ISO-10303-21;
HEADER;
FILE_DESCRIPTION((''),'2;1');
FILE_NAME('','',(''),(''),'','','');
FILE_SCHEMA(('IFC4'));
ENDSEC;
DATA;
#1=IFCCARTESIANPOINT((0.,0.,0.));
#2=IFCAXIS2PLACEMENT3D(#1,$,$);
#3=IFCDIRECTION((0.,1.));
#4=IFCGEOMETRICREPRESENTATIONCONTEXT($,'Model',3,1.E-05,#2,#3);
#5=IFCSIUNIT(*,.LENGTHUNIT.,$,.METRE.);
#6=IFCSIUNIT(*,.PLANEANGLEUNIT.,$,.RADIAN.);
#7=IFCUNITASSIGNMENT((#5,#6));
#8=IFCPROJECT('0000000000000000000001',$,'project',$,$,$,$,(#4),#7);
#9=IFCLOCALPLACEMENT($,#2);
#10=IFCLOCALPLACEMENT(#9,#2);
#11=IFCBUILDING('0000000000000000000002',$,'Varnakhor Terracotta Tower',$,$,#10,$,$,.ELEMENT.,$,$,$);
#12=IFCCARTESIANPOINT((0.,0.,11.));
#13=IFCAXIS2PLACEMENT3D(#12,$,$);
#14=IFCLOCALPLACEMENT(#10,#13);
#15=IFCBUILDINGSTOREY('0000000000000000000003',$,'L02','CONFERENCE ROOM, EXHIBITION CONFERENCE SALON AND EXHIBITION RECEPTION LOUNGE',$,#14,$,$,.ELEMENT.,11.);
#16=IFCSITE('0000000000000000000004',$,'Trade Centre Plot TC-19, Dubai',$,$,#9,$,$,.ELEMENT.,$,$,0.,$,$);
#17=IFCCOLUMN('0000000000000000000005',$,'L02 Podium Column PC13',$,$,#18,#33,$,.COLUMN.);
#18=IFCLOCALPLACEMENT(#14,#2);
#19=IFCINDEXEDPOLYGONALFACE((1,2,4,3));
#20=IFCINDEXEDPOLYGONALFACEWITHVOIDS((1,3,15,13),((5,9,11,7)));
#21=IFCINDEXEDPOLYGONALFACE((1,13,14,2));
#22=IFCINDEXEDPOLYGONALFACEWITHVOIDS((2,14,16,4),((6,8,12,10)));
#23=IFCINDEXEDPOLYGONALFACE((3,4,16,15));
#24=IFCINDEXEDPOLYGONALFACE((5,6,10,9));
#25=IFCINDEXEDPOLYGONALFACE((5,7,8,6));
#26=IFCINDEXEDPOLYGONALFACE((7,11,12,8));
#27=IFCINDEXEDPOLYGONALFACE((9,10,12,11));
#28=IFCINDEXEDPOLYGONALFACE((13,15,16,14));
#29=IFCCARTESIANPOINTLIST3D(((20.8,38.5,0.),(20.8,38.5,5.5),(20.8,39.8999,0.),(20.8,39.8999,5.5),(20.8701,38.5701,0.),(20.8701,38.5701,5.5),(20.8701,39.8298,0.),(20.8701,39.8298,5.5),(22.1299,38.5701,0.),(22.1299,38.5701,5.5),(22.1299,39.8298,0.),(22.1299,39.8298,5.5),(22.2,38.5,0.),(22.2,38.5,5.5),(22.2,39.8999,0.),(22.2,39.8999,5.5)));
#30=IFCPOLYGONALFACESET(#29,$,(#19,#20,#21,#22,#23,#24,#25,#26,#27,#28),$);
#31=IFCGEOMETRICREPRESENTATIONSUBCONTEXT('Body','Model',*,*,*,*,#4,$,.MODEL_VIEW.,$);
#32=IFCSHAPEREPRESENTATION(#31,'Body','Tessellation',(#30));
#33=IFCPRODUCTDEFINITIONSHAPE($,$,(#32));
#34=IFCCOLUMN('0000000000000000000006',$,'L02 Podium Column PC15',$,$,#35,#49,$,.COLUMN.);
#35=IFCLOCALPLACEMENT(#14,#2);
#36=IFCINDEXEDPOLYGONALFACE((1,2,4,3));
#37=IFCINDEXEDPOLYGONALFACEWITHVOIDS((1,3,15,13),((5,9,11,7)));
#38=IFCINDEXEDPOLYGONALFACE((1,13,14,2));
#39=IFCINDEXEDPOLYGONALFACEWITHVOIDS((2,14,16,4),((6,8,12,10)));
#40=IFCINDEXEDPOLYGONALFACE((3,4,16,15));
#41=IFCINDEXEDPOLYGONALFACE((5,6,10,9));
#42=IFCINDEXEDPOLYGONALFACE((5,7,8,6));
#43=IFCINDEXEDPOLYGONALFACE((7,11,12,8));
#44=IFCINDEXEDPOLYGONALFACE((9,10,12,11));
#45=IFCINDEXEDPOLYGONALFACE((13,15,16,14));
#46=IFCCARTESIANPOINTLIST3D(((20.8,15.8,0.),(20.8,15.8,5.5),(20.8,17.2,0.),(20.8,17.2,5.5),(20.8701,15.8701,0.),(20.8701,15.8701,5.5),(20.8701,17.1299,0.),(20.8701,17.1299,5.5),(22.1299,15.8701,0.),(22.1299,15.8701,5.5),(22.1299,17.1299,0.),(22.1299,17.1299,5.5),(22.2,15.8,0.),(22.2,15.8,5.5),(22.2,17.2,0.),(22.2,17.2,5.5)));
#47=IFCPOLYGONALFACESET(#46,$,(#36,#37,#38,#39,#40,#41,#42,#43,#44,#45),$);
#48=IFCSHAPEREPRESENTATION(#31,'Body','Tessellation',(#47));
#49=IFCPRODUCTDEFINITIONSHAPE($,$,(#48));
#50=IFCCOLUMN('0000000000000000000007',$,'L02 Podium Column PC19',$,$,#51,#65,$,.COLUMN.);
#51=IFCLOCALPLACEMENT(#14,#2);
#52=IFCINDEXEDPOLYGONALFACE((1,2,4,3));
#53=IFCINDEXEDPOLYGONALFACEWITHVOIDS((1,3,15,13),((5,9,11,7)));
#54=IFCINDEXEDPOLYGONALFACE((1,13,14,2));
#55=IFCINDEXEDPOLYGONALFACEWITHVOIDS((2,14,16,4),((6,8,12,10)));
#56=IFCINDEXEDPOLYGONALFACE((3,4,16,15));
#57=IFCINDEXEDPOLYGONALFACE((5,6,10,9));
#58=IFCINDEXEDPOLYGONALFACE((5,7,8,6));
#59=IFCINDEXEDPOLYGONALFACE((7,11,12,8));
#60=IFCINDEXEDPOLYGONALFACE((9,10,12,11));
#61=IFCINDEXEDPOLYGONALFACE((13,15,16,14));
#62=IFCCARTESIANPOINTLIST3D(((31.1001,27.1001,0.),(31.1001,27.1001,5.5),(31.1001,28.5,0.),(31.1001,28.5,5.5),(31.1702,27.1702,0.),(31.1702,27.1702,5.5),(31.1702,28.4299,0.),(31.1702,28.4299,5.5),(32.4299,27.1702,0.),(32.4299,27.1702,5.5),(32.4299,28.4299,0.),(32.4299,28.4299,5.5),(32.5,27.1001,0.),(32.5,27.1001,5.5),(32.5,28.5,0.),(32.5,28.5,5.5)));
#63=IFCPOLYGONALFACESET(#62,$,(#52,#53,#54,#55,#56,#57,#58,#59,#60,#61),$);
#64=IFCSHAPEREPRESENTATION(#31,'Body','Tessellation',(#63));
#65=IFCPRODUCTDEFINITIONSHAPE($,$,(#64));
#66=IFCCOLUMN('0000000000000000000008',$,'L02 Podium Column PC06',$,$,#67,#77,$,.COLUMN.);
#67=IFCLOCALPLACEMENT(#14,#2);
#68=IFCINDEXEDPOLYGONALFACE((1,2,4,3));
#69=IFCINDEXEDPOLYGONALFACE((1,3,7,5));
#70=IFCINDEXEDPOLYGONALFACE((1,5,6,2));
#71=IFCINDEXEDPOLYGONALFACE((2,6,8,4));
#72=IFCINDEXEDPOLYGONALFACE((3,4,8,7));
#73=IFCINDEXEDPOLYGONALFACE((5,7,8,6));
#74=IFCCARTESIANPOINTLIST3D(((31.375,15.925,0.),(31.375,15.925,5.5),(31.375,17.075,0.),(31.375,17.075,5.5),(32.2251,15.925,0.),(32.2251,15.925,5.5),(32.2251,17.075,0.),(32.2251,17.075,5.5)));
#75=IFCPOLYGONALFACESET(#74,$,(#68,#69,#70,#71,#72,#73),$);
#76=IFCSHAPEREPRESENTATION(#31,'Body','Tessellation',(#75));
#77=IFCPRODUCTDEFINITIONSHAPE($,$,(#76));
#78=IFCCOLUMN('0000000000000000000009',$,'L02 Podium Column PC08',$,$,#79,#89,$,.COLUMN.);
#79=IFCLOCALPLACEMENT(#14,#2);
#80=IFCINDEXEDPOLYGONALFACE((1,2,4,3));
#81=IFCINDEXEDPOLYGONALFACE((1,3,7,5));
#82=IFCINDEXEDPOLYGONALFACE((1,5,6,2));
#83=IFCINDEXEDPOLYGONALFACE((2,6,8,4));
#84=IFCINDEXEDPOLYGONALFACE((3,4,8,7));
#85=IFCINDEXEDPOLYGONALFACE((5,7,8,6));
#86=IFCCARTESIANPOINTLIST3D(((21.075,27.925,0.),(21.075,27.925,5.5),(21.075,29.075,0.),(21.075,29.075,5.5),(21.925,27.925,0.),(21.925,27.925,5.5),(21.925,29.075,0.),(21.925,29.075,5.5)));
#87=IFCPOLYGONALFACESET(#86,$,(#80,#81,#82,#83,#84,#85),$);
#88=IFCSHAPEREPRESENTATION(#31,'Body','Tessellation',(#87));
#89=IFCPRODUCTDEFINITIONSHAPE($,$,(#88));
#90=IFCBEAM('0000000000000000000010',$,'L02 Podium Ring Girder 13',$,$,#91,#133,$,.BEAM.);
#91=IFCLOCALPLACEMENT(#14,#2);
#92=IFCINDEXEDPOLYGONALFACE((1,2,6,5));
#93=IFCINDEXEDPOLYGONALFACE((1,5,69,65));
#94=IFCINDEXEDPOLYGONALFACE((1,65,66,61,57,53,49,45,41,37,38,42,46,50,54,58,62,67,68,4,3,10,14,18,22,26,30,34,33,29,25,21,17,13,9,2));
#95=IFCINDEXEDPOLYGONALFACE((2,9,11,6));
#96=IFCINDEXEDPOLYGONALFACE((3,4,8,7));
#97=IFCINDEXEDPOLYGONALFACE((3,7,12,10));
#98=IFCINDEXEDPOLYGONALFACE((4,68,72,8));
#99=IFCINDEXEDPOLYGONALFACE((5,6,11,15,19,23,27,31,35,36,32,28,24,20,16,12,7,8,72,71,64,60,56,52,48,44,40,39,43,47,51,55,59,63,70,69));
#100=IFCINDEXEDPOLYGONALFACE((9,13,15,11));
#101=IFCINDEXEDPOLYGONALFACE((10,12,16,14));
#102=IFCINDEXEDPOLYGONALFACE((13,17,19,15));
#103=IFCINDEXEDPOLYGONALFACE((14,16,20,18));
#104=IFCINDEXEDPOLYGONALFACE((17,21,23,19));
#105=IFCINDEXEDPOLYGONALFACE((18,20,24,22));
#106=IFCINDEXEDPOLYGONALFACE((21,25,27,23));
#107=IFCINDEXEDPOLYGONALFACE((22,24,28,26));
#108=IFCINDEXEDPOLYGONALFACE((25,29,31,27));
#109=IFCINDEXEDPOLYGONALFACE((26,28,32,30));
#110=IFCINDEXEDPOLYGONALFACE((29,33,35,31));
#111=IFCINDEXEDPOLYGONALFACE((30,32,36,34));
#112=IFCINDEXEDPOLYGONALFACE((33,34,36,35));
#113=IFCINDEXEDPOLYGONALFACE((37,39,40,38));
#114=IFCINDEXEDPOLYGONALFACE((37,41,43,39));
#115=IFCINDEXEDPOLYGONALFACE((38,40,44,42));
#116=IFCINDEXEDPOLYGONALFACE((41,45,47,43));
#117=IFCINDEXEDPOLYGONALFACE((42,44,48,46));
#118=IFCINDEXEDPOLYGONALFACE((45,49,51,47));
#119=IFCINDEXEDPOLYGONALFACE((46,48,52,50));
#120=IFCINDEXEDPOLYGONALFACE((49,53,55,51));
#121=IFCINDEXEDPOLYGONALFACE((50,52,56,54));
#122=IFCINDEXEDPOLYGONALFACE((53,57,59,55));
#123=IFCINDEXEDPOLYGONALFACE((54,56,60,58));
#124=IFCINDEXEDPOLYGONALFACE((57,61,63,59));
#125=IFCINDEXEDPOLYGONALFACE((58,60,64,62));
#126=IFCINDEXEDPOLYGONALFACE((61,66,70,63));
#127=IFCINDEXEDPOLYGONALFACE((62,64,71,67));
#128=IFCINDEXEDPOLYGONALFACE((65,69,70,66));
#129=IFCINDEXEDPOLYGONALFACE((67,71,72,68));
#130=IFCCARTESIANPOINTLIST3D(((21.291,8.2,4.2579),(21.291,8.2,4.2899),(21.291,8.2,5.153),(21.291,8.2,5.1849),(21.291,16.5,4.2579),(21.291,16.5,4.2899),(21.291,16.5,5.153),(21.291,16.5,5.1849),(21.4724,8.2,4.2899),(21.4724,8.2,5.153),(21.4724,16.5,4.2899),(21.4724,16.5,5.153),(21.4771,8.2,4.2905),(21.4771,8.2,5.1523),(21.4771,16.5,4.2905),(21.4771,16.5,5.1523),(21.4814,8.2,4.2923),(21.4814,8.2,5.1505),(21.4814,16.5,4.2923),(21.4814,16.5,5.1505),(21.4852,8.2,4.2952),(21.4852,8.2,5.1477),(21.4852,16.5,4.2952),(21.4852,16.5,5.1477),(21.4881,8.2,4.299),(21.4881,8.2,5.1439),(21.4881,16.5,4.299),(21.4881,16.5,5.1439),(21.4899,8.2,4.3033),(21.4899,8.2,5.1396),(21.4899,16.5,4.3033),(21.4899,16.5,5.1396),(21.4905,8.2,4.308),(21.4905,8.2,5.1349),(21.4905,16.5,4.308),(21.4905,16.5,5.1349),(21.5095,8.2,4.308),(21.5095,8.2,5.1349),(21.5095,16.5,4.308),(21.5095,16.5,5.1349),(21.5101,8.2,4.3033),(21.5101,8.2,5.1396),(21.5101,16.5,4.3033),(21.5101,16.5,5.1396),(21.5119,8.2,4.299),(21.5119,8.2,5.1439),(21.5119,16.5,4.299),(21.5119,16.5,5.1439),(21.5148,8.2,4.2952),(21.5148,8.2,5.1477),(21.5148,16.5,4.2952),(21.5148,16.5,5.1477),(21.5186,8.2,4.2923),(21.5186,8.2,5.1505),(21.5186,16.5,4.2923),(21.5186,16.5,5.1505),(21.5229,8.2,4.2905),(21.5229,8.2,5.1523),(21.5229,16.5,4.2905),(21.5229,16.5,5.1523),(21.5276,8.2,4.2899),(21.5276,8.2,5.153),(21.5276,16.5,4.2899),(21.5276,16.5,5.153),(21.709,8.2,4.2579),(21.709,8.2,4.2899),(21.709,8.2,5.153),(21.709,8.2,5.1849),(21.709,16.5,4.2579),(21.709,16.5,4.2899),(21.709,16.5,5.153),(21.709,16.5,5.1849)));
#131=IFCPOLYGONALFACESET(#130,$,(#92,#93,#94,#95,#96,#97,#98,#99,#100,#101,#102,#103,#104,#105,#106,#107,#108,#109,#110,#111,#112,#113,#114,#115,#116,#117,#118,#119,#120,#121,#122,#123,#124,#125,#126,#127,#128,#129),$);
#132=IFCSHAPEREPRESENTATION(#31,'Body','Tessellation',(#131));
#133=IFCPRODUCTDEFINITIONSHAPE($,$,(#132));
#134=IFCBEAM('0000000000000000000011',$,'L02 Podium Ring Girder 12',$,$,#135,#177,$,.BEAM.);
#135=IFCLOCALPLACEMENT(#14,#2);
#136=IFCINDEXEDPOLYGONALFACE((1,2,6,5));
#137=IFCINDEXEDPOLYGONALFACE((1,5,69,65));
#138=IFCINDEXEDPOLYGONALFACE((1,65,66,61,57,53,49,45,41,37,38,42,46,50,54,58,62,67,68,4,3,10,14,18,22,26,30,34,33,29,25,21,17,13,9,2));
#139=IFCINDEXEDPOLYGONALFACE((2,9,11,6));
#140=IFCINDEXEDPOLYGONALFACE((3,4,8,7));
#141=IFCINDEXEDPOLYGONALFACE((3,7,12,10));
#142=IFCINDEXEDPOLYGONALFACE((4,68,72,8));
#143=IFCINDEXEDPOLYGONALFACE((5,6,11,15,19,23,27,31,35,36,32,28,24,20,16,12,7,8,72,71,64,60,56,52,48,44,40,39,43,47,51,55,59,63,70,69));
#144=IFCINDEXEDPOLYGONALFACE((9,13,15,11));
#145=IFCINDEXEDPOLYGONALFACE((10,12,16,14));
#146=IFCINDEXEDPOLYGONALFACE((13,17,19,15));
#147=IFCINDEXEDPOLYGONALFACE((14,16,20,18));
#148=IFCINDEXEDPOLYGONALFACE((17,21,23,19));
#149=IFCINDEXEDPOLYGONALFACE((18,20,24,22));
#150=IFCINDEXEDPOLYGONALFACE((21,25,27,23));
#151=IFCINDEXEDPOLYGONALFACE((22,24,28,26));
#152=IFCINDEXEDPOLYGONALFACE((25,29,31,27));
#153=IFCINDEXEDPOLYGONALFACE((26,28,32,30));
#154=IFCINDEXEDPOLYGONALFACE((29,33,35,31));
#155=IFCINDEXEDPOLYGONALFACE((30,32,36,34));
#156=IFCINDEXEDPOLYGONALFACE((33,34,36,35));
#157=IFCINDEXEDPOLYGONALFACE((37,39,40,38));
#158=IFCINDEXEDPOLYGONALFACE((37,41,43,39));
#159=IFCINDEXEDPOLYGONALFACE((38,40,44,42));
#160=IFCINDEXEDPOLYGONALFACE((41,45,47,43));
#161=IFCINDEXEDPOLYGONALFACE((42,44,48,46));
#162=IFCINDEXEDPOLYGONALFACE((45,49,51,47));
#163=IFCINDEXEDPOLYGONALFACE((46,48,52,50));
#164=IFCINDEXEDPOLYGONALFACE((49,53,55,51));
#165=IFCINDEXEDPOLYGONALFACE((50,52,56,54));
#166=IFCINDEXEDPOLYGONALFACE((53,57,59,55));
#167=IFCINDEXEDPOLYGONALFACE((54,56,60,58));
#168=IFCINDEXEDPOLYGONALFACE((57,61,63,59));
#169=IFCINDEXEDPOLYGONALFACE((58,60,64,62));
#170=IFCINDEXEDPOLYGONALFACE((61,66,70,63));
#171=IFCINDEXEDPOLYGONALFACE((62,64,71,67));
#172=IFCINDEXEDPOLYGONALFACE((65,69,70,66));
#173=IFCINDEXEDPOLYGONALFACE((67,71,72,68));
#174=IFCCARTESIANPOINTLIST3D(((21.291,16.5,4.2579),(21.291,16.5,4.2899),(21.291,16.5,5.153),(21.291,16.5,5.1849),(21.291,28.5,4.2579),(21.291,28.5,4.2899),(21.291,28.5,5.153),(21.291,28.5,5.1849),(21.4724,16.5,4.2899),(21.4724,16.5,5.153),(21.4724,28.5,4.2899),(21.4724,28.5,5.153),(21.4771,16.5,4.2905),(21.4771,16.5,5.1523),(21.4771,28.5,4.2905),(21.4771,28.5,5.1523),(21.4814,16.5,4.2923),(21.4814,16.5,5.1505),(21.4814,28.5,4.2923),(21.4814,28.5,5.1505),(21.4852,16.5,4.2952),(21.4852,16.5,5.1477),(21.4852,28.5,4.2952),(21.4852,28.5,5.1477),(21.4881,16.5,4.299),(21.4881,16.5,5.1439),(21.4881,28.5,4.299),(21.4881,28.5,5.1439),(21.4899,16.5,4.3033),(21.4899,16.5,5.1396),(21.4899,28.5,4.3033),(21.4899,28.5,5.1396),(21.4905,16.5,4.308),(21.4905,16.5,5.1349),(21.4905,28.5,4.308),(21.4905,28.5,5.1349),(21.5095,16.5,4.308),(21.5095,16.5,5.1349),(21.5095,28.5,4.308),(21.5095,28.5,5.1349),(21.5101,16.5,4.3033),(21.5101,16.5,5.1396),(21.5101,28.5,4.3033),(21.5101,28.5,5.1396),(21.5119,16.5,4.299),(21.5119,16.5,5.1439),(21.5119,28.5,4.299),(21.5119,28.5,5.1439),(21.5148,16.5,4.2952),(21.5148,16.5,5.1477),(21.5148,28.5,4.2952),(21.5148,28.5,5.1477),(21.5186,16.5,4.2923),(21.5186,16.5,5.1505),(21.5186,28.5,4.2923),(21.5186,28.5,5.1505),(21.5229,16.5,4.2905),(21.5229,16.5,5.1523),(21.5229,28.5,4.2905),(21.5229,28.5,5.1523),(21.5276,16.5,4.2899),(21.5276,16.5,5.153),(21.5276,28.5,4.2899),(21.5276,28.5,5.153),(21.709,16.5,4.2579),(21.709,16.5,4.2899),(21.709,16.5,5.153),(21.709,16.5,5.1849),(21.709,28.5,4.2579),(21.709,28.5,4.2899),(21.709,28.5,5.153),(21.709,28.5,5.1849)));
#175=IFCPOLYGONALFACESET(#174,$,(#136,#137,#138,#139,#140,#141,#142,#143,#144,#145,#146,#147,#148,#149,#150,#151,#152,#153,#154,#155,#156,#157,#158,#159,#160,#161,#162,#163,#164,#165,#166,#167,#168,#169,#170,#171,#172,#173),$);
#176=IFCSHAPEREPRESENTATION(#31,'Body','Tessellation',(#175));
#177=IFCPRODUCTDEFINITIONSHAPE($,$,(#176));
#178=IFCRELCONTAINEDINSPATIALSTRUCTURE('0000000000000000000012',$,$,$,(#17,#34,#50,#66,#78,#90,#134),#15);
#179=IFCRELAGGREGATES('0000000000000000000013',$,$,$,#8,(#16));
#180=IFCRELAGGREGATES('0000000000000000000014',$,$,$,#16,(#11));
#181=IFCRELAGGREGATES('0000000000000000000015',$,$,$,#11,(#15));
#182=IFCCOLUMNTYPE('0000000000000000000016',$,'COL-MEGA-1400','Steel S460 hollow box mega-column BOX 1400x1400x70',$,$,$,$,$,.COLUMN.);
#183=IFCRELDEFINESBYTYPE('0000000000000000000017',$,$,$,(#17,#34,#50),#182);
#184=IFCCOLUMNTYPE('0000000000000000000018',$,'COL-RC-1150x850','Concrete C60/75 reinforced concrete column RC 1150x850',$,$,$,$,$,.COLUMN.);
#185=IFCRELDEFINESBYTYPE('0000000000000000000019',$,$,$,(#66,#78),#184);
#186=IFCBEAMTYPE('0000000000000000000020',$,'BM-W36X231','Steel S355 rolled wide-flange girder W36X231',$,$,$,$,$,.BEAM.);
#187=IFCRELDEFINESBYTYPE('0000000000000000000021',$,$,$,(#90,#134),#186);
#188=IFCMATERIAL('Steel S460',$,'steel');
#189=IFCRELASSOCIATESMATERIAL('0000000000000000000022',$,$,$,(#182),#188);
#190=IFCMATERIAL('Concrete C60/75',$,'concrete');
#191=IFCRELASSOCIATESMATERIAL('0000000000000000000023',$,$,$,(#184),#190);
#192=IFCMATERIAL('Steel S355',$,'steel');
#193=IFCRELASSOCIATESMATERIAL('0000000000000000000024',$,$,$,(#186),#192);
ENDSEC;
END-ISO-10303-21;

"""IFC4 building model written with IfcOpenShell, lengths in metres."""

from ifc_helpers import new_model, si_unit, direction, frame, origin, origin_2d, place, context, subcontext, project, spatial, rectangle, hollow_rectangle, i_section, extrude, source, transform, mapped, material, material_profile, profile_set, type_object, element, save


model = new_model("IFC4")

# Units and contexts
model_context = context("Model", 3, precision=1e-05, world=origin(), true_north=direction((0.0, 1.0)))
body_context = subcontext(model_context, "Body", "Model", "MODEL_VIEW")
ifc_project = project(units=[si_unit("LENGTHUNIT", "METRE"), si_unit("PLANEANGLEUNIT", "RADIAN")], contexts=[model_context])

# Site, building, storey
site_placement = place(None, origin())
site = spatial("IfcSite", under=ifc_project, at=site_placement, Name="Trade Centre Plot TC-19, Dubai", CompositionType="ELEMENT", RefElevation=0.0)
building_placement = place(site_placement, origin())
building = spatial("IfcBuilding", under=site, at=building_placement, Name="Varnakhor Terracotta Tower", CompositionType="ELEMENT")
storey_placement = place(building_placement, frame((0.0, 0.0, 11.0)))
storey = spatial("IfcBuildingStorey", under=building, at=storey_placement, Name="L02", Description="CONFERENCE ROOM, EXHIBITION CONFERENCE SALON AND EXHIBITION RECEPTION LOUNGE", CompositionType="ELEMENT", Elevation=11.0)

# Columns
ifc_material_1 = material(Name="Steel S460", Category="steel")
ifc_material_profile_1 = material_profile(ifc_material_1, hollow_rectangle(XDim=1.3999, YDim=1.3999, WallThickness=0.0701, at=origin_2d()), Name="BOX 1400x1400x70")
ifc_profile_set_1 = profile_set([ifc_material_profile_1], Name="Steel S460")
column_type_1 = type_object("IfcColumnType", Name="COL-MEGA-1400", Description="Steel S460 hollow box mega-column BOX 1400x1400x70", PredefinedType="COLUMN", material=ifc_profile_set_1)
shared_shape_1 = source(origin(), body_context, "Body", "SweptSolid", [
    extrude(hollow_rectangle(XDim=1.3999, YDim=1.3999, WallThickness=0.0701, at=origin_2d()), origin(), (0.0, 0.0, 1.0), 5.5),
])
for number, where, z_axis, x_axis, name in (
    (1, (21.5, 39.2, 0.0), (0.0, 0.0, 1.0), (1.0, 0.0, 0.0), "L02 Podium Column PC13"),
    (2, (21.5, 16.5, 0.0), (0.0, 0.0, 1.0), (1.0, 0.0, 0.0), "L02 Podium Column PC15"),
    (3, (31.8, 27.8, 0.0), (0.0, 0.0, 1.0), (1.0, 0.0, 0.0), "L02 Podium Column PC19"),
):
    element("IfcColumn", number, at=place(storey_placement, frame(where, z_axis=z_axis, x_axis=x_axis)), inside=storey, type_object=column_type_1, Name=name, PredefinedType="COLUMN", context=body_context, shape_type="MappedRepresentation", body=[
        mapped(shared_shape_1, transform((0.0, 0.0, 0.0), scale=1.0)),
    ])
ifc_material_2 = material(Name="Concrete C60/75", Category="concrete")
ifc_material_profile_2 = material_profile(ifc_material_2, rectangle(XDim=0.8501, YDim=1.1499, at=origin_2d()), Name="RC 1150x850")
ifc_profile_set_2 = profile_set([ifc_material_profile_2], Name="Concrete C60/75")
column_type_2 = type_object("IfcColumnType", Name="COL-RC-1150x850", Description="Concrete C60/75 reinforced concrete column RC 1150x850", PredefinedType="COLUMN", material=ifc_profile_set_2)
shared_shape_2 = source(origin(), body_context, "Body", "SweptSolid", [
    extrude(rectangle(XDim=0.8501, YDim=1.1499, at=origin_2d()), origin(), (0.0, 0.0, 1.0), 5.5),
])
for number, where, z_axis, x_axis, name in (
    (4, (31.8, 16.5, 0.0), (0.0, 0.0, 1.0), (1.0, 0.0, 0.0), "L02 Podium Column PC06"),
    (5, (21.5, 28.5, 0.0), (0.0, 0.0, 1.0), (1.0, 0.0, 0.0), "L02 Podium Column PC08"),
):
    element("IfcColumn", number, at=place(storey_placement, frame(where, z_axis=z_axis, x_axis=x_axis)), inside=storey, type_object=column_type_2, Name=name, PredefinedType="COLUMN", context=body_context, shape_type="MappedRepresentation", body=[
        mapped(shared_shape_2, transform((0.0, 0.0, 0.0), scale=1.0)),
    ])

# Beams
ifc_material_3 = material(Name="Steel S355", Category="steel")
ifc_material_profile_3 = material_profile(ifc_material_3, i_section(OverallWidth=0.418, OverallDepth=0.927, WebThickness=0.019, FlangeThickness=0.032, FilletRadius=0.0181, at=origin_2d()), Name="W36X231")
ifc_profile_set_3 = profile_set([ifc_material_profile_3], Name="Steel S355")
beam_type_1 = type_object("IfcBeamType", Name="BM-W36X231", Description="Steel S355 rolled wide-flange girder W36X231", PredefinedType="BEAM", material=ifc_profile_set_3)
shared_shape_3 = source(origin(), body_context, "Body", "SweptSolid", [
    extrude(i_section(OverallWidth=0.418, OverallDepth=0.927, WebThickness=0.019, FlangeThickness=0.032, FilletRadius=0.0181, at=origin_2d()), origin(), (0.0, 0.0, 1.0), 8.3),
])
beam_1_placement = place(storey_placement, frame((21.5, 16.5, 4.7214), z_axis=(0.0, -1.0, 0.0), x_axis=(1.0, 0.0, 0.0)))
element("IfcBeam", 6, at=beam_1_placement, inside=storey, type_object=beam_type_1, Name="L02 Podium Ring Girder 13", PredefinedType="BEAM", context=body_context, shape_type="MappedRepresentation", body=[
    mapped(shared_shape_3, transform((0.0, 0.0, 0.0), scale=1.0)),
])
shared_shape_4 = source(origin(), body_context, "Body", "SweptSolid", [
    extrude(i_section(OverallWidth=0.418, OverallDepth=0.927, WebThickness=0.019, FlangeThickness=0.032, FilletRadius=0.0181, at=origin_2d()), origin(), (0.0, 0.0, 1.0), 12.0),
])
beam_2_placement = place(storey_placement, frame((21.5, 28.5, 4.7214), z_axis=(0.0, -1.0, 0.0), x_axis=(1.0, 0.0, 0.0)))
element("IfcBeam", 7, at=beam_2_placement, inside=storey, type_object=beam_type_1, Name="L02 Podium Ring Girder 12", PredefinedType="BEAM", context=body_context, shape_type="MappedRepresentation", body=[
    mapped(shared_shape_4, transform((0.0, 0.0, 0.0), scale=1.0)),
])

save(model, "model.ifc")
